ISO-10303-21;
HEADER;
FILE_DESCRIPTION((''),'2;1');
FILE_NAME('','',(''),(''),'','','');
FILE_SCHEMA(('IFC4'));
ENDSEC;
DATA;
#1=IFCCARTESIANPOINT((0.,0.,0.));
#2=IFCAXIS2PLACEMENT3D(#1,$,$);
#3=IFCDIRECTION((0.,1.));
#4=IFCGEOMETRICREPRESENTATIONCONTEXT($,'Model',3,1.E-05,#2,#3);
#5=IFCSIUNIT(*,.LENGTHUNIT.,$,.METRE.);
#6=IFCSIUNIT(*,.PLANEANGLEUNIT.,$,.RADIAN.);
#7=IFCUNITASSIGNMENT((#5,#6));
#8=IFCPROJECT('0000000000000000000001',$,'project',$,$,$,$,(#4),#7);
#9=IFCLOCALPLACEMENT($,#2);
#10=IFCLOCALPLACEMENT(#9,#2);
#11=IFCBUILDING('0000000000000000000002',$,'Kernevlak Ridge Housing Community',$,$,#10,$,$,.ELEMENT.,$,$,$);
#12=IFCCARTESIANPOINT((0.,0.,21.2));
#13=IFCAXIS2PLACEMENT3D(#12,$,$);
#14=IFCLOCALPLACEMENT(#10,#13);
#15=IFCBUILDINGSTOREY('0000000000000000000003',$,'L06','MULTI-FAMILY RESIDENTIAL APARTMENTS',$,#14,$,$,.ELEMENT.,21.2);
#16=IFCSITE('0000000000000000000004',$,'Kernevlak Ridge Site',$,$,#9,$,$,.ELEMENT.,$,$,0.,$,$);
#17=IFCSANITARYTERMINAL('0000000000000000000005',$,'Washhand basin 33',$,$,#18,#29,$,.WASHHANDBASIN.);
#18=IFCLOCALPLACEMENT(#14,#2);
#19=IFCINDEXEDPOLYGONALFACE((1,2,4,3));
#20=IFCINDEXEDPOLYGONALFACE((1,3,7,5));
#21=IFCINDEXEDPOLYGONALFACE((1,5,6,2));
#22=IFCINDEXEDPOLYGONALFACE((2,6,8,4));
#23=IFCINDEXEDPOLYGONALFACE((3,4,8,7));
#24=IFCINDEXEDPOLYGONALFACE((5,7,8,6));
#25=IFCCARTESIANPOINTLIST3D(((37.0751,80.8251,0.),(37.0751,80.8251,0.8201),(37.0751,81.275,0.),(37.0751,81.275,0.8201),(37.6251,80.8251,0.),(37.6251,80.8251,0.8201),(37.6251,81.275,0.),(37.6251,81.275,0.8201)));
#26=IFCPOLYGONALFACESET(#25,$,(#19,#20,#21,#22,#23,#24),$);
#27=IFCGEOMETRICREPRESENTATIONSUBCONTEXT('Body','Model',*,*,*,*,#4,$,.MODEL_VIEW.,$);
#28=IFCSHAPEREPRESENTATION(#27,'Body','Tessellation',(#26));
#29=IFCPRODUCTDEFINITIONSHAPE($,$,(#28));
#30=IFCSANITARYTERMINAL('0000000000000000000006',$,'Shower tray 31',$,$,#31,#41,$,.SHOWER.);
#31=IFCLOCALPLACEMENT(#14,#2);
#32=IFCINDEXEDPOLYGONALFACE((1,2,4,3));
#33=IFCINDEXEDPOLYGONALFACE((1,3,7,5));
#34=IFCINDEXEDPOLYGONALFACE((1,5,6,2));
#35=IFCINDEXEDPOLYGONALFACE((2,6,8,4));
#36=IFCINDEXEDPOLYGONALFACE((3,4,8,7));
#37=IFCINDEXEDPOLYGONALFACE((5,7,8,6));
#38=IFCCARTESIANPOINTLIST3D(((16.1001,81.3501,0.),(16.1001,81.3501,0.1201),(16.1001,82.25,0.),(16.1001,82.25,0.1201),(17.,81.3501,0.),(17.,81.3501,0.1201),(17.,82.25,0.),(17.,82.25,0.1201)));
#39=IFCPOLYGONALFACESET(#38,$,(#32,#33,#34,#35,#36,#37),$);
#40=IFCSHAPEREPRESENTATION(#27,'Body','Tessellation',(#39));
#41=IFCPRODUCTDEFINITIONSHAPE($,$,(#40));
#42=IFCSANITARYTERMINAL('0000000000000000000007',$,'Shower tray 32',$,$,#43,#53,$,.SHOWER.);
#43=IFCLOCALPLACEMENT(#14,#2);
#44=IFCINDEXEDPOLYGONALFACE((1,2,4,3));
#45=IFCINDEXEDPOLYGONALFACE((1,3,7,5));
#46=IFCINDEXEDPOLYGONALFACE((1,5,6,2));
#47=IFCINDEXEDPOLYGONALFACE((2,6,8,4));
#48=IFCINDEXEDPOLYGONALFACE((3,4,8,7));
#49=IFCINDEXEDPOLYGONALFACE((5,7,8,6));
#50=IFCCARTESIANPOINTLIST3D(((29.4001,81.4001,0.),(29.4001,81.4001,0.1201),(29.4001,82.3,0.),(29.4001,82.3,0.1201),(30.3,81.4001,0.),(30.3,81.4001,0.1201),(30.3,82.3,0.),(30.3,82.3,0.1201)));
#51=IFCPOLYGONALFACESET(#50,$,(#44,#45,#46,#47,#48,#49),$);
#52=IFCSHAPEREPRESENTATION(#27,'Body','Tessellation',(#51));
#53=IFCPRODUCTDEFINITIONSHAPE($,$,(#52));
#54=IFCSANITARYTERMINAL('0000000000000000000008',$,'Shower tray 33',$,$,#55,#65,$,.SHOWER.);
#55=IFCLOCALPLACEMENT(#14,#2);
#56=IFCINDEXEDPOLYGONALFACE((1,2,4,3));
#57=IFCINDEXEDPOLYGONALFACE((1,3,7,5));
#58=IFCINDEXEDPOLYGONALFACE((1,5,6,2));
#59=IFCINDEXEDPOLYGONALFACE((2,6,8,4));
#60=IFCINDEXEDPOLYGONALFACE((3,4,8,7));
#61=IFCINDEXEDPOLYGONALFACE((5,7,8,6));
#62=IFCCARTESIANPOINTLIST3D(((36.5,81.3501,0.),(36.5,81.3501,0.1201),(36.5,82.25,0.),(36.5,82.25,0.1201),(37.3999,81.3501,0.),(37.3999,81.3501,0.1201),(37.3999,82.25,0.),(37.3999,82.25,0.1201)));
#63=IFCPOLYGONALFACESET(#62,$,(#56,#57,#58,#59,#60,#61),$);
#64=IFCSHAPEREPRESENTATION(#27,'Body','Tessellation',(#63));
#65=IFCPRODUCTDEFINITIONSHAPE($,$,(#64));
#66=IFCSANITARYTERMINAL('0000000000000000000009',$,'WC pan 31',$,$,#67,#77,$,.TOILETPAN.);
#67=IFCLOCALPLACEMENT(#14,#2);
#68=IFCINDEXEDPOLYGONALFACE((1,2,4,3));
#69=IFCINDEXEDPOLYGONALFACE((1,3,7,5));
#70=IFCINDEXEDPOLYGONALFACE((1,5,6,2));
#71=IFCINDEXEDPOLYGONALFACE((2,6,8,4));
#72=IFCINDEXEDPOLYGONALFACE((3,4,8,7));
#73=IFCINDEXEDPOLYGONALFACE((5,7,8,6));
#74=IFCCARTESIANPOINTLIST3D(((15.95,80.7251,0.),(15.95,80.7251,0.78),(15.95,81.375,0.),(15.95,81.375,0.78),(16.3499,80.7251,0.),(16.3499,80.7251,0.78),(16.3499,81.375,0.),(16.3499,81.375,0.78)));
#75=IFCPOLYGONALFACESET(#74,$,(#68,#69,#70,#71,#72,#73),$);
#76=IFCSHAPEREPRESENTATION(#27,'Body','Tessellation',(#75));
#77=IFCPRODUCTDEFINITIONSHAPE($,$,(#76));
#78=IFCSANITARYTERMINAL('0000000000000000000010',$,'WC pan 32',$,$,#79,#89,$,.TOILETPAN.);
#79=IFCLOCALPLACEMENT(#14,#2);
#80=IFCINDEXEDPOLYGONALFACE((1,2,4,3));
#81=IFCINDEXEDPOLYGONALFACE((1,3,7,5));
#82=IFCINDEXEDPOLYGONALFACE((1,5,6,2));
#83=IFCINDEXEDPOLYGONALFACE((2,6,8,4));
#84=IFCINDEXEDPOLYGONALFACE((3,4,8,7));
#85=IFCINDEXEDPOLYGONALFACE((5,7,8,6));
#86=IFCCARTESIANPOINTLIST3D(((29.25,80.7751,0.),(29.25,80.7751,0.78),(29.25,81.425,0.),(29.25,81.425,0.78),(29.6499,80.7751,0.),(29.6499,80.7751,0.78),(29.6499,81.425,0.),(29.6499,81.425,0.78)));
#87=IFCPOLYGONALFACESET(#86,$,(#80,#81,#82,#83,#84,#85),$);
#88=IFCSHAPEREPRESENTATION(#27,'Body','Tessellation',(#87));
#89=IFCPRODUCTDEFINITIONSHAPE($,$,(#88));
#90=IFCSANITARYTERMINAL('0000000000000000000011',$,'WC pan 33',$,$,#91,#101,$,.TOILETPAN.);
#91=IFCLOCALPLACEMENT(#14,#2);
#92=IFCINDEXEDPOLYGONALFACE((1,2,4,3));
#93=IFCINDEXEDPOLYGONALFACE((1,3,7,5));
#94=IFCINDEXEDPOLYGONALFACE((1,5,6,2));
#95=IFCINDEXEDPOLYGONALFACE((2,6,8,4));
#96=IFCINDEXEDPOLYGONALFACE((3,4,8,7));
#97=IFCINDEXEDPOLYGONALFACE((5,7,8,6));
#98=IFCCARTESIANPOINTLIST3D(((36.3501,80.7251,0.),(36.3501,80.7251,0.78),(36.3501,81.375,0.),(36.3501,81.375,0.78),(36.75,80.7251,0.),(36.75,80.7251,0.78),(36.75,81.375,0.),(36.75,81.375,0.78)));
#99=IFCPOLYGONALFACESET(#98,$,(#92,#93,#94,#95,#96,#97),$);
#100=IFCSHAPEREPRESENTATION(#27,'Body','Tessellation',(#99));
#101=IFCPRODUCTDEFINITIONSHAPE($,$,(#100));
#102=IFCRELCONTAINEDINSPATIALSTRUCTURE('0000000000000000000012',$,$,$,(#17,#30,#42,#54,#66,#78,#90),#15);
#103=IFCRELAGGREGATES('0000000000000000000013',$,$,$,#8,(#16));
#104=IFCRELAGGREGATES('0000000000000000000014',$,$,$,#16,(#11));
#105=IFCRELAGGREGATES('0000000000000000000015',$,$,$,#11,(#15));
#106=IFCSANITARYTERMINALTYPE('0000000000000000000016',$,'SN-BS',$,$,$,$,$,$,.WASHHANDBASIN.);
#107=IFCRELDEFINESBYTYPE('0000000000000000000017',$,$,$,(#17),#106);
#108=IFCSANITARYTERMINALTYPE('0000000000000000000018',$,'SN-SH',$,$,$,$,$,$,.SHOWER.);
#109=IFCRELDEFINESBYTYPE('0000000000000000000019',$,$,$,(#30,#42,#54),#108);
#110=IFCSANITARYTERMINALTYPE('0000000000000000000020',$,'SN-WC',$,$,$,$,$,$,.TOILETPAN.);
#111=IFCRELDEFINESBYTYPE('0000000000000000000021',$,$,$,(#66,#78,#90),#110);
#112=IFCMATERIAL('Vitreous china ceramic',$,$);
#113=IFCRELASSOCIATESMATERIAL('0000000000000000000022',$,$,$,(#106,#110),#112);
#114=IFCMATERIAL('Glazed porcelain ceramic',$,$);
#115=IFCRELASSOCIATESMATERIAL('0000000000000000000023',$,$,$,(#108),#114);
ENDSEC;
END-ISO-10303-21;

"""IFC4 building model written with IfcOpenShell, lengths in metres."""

from ifc_helpers import new_model, si_unit, direction, frame, origin, origin_2d, place, context, subcontext, project, spatial, rectangle, extrude, material, type_object, element, save


model = new_model("IFC4")

# Units and contexts
model_context = context("Model", 3, precision=1e-05, world=origin(), true_north=direction((0.0, 1.0)))
body_context = subcontext(model_context, "Body", "Model", "MODEL_VIEW")
ifc_project = project(units=[si_unit("LENGTHUNIT", "METRE"), si_unit("PLANEANGLEUNIT", "RADIAN")], contexts=[model_context])

# Site, building, storey
site_placement = place(None, origin())
site = spatial("IfcSite", under=ifc_project, at=site_placement, Name="Kernevlak Ridge Site", CompositionType="ELEMENT", RefElevation=0.0)
building_placement = place(site_placement, origin())
building = spatial("IfcBuilding", under=site, at=building_placement, Name="Kernevlak Ridge Housing Community", CompositionType="ELEMENT")
storey_placement = place(building_placement, frame((0.0, 0.0, 21.2)))
storey = spatial("IfcBuildingStorey", under=building, at=storey_placement, Name="L06", Description="MULTI-FAMILY RESIDENTIAL APARTMENTS", CompositionType="ELEMENT", Elevation=21.2)

# Sanitary terminals
ifc_material_1 = material(Name="Vitreous china ceramic")
sanitary_terminal_type_1 = type_object("IfcSanitaryTerminalType", Name="SN-BS", PredefinedType="WASHHANDBASIN", material=ifc_material_1)
for number, where, z_axis, x_axis, name in (
    (1, (37.3501, 81.05, 0.0), (0.0, 0.0, 1.0), (1.0, 0.0, 0.0), "Washhand basin 33"),
):
    element("IfcSanitaryTerminal", number, at=place(storey_placement, frame(where, z_axis=z_axis, x_axis=x_axis)), inside=storey, type_object=sanitary_terminal_type_1, Name=name, PredefinedType="WASHHANDBASIN", context=body_context, shape_type="SweptSolid", body=[
        extrude(rectangle(XDim=0.55, YDim=0.45, at=origin_2d()), origin(), (0.0, 0.0, 1.0), 0.8201),
    ])
ifc_material_2 = material(Name="Glazed porcelain ceramic")
sanitary_terminal_type_2 = type_object("IfcSanitaryTerminalType", Name="SN-SH", PredefinedType="SHOWER", material=ifc_material_2)
for number, where, z_axis, x_axis, name in (
    (2, (16.55, 81.8, 0.0), (0.0, 0.0, 1.0), (1.0, 0.0, 0.0), "Shower tray 31"),
    (3, (29.8501, 81.8501, 0.0), (0.0, 0.0, 1.0), (1.0, 0.0, 0.0), "Shower tray 32"),
    (4, (36.95, 81.8, 0.0), (0.0, 0.0, 1.0), (1.0, 0.0, 0.0), "Shower tray 33"),
):
    element("IfcSanitaryTerminal", number, at=place(storey_placement, frame(where, z_axis=z_axis, x_axis=x_axis)), inside=storey, type_object=sanitary_terminal_type_2, Name=name, PredefinedType="SHOWER", context=body_context, shape_type="SweptSolid", body=[
        extrude(rectangle(XDim=0.8999, YDim=0.8999, at=origin_2d()), origin(), (0.0, 0.0, 1.0), 0.1201),
    ])
sanitary_terminal_type_3 = type_object("IfcSanitaryTerminalType", Name="SN-WC", PredefinedType="TOILETPAN", material=ifc_material_1)
for number, where, z_axis, x_axis, name in (
    (5, (16.1499, 81.05, 0.0), (0.0, 0.0, 1.0), (1.0, 0.0, 0.0), "WC pan 31"),
    (6, (29.45, 81.1001, 0.0), (0.0, 0.0, 1.0), (1.0, 0.0, 0.0), "WC pan 32"),
    (7, (36.55, 81.05, 0.0), (0.0, 0.0, 1.0), (1.0, 0.0, 0.0), "WC pan 33"),
):
    element("IfcSanitaryTerminal", number, at=place(storey_placement, frame(where, z_axis=z_axis, x_axis=x_axis)), inside=storey, type_object=sanitary_terminal_type_3, Name=name, PredefinedType="TOILETPAN", context=body_context, shape_type="SweptSolid", body=[
        extrude(rectangle(XDim=0.3999, YDim=0.6499, at=origin_2d()), origin(), (0.0, 0.0, 1.0), 0.78),
    ])

save(model, "model.ifc")
